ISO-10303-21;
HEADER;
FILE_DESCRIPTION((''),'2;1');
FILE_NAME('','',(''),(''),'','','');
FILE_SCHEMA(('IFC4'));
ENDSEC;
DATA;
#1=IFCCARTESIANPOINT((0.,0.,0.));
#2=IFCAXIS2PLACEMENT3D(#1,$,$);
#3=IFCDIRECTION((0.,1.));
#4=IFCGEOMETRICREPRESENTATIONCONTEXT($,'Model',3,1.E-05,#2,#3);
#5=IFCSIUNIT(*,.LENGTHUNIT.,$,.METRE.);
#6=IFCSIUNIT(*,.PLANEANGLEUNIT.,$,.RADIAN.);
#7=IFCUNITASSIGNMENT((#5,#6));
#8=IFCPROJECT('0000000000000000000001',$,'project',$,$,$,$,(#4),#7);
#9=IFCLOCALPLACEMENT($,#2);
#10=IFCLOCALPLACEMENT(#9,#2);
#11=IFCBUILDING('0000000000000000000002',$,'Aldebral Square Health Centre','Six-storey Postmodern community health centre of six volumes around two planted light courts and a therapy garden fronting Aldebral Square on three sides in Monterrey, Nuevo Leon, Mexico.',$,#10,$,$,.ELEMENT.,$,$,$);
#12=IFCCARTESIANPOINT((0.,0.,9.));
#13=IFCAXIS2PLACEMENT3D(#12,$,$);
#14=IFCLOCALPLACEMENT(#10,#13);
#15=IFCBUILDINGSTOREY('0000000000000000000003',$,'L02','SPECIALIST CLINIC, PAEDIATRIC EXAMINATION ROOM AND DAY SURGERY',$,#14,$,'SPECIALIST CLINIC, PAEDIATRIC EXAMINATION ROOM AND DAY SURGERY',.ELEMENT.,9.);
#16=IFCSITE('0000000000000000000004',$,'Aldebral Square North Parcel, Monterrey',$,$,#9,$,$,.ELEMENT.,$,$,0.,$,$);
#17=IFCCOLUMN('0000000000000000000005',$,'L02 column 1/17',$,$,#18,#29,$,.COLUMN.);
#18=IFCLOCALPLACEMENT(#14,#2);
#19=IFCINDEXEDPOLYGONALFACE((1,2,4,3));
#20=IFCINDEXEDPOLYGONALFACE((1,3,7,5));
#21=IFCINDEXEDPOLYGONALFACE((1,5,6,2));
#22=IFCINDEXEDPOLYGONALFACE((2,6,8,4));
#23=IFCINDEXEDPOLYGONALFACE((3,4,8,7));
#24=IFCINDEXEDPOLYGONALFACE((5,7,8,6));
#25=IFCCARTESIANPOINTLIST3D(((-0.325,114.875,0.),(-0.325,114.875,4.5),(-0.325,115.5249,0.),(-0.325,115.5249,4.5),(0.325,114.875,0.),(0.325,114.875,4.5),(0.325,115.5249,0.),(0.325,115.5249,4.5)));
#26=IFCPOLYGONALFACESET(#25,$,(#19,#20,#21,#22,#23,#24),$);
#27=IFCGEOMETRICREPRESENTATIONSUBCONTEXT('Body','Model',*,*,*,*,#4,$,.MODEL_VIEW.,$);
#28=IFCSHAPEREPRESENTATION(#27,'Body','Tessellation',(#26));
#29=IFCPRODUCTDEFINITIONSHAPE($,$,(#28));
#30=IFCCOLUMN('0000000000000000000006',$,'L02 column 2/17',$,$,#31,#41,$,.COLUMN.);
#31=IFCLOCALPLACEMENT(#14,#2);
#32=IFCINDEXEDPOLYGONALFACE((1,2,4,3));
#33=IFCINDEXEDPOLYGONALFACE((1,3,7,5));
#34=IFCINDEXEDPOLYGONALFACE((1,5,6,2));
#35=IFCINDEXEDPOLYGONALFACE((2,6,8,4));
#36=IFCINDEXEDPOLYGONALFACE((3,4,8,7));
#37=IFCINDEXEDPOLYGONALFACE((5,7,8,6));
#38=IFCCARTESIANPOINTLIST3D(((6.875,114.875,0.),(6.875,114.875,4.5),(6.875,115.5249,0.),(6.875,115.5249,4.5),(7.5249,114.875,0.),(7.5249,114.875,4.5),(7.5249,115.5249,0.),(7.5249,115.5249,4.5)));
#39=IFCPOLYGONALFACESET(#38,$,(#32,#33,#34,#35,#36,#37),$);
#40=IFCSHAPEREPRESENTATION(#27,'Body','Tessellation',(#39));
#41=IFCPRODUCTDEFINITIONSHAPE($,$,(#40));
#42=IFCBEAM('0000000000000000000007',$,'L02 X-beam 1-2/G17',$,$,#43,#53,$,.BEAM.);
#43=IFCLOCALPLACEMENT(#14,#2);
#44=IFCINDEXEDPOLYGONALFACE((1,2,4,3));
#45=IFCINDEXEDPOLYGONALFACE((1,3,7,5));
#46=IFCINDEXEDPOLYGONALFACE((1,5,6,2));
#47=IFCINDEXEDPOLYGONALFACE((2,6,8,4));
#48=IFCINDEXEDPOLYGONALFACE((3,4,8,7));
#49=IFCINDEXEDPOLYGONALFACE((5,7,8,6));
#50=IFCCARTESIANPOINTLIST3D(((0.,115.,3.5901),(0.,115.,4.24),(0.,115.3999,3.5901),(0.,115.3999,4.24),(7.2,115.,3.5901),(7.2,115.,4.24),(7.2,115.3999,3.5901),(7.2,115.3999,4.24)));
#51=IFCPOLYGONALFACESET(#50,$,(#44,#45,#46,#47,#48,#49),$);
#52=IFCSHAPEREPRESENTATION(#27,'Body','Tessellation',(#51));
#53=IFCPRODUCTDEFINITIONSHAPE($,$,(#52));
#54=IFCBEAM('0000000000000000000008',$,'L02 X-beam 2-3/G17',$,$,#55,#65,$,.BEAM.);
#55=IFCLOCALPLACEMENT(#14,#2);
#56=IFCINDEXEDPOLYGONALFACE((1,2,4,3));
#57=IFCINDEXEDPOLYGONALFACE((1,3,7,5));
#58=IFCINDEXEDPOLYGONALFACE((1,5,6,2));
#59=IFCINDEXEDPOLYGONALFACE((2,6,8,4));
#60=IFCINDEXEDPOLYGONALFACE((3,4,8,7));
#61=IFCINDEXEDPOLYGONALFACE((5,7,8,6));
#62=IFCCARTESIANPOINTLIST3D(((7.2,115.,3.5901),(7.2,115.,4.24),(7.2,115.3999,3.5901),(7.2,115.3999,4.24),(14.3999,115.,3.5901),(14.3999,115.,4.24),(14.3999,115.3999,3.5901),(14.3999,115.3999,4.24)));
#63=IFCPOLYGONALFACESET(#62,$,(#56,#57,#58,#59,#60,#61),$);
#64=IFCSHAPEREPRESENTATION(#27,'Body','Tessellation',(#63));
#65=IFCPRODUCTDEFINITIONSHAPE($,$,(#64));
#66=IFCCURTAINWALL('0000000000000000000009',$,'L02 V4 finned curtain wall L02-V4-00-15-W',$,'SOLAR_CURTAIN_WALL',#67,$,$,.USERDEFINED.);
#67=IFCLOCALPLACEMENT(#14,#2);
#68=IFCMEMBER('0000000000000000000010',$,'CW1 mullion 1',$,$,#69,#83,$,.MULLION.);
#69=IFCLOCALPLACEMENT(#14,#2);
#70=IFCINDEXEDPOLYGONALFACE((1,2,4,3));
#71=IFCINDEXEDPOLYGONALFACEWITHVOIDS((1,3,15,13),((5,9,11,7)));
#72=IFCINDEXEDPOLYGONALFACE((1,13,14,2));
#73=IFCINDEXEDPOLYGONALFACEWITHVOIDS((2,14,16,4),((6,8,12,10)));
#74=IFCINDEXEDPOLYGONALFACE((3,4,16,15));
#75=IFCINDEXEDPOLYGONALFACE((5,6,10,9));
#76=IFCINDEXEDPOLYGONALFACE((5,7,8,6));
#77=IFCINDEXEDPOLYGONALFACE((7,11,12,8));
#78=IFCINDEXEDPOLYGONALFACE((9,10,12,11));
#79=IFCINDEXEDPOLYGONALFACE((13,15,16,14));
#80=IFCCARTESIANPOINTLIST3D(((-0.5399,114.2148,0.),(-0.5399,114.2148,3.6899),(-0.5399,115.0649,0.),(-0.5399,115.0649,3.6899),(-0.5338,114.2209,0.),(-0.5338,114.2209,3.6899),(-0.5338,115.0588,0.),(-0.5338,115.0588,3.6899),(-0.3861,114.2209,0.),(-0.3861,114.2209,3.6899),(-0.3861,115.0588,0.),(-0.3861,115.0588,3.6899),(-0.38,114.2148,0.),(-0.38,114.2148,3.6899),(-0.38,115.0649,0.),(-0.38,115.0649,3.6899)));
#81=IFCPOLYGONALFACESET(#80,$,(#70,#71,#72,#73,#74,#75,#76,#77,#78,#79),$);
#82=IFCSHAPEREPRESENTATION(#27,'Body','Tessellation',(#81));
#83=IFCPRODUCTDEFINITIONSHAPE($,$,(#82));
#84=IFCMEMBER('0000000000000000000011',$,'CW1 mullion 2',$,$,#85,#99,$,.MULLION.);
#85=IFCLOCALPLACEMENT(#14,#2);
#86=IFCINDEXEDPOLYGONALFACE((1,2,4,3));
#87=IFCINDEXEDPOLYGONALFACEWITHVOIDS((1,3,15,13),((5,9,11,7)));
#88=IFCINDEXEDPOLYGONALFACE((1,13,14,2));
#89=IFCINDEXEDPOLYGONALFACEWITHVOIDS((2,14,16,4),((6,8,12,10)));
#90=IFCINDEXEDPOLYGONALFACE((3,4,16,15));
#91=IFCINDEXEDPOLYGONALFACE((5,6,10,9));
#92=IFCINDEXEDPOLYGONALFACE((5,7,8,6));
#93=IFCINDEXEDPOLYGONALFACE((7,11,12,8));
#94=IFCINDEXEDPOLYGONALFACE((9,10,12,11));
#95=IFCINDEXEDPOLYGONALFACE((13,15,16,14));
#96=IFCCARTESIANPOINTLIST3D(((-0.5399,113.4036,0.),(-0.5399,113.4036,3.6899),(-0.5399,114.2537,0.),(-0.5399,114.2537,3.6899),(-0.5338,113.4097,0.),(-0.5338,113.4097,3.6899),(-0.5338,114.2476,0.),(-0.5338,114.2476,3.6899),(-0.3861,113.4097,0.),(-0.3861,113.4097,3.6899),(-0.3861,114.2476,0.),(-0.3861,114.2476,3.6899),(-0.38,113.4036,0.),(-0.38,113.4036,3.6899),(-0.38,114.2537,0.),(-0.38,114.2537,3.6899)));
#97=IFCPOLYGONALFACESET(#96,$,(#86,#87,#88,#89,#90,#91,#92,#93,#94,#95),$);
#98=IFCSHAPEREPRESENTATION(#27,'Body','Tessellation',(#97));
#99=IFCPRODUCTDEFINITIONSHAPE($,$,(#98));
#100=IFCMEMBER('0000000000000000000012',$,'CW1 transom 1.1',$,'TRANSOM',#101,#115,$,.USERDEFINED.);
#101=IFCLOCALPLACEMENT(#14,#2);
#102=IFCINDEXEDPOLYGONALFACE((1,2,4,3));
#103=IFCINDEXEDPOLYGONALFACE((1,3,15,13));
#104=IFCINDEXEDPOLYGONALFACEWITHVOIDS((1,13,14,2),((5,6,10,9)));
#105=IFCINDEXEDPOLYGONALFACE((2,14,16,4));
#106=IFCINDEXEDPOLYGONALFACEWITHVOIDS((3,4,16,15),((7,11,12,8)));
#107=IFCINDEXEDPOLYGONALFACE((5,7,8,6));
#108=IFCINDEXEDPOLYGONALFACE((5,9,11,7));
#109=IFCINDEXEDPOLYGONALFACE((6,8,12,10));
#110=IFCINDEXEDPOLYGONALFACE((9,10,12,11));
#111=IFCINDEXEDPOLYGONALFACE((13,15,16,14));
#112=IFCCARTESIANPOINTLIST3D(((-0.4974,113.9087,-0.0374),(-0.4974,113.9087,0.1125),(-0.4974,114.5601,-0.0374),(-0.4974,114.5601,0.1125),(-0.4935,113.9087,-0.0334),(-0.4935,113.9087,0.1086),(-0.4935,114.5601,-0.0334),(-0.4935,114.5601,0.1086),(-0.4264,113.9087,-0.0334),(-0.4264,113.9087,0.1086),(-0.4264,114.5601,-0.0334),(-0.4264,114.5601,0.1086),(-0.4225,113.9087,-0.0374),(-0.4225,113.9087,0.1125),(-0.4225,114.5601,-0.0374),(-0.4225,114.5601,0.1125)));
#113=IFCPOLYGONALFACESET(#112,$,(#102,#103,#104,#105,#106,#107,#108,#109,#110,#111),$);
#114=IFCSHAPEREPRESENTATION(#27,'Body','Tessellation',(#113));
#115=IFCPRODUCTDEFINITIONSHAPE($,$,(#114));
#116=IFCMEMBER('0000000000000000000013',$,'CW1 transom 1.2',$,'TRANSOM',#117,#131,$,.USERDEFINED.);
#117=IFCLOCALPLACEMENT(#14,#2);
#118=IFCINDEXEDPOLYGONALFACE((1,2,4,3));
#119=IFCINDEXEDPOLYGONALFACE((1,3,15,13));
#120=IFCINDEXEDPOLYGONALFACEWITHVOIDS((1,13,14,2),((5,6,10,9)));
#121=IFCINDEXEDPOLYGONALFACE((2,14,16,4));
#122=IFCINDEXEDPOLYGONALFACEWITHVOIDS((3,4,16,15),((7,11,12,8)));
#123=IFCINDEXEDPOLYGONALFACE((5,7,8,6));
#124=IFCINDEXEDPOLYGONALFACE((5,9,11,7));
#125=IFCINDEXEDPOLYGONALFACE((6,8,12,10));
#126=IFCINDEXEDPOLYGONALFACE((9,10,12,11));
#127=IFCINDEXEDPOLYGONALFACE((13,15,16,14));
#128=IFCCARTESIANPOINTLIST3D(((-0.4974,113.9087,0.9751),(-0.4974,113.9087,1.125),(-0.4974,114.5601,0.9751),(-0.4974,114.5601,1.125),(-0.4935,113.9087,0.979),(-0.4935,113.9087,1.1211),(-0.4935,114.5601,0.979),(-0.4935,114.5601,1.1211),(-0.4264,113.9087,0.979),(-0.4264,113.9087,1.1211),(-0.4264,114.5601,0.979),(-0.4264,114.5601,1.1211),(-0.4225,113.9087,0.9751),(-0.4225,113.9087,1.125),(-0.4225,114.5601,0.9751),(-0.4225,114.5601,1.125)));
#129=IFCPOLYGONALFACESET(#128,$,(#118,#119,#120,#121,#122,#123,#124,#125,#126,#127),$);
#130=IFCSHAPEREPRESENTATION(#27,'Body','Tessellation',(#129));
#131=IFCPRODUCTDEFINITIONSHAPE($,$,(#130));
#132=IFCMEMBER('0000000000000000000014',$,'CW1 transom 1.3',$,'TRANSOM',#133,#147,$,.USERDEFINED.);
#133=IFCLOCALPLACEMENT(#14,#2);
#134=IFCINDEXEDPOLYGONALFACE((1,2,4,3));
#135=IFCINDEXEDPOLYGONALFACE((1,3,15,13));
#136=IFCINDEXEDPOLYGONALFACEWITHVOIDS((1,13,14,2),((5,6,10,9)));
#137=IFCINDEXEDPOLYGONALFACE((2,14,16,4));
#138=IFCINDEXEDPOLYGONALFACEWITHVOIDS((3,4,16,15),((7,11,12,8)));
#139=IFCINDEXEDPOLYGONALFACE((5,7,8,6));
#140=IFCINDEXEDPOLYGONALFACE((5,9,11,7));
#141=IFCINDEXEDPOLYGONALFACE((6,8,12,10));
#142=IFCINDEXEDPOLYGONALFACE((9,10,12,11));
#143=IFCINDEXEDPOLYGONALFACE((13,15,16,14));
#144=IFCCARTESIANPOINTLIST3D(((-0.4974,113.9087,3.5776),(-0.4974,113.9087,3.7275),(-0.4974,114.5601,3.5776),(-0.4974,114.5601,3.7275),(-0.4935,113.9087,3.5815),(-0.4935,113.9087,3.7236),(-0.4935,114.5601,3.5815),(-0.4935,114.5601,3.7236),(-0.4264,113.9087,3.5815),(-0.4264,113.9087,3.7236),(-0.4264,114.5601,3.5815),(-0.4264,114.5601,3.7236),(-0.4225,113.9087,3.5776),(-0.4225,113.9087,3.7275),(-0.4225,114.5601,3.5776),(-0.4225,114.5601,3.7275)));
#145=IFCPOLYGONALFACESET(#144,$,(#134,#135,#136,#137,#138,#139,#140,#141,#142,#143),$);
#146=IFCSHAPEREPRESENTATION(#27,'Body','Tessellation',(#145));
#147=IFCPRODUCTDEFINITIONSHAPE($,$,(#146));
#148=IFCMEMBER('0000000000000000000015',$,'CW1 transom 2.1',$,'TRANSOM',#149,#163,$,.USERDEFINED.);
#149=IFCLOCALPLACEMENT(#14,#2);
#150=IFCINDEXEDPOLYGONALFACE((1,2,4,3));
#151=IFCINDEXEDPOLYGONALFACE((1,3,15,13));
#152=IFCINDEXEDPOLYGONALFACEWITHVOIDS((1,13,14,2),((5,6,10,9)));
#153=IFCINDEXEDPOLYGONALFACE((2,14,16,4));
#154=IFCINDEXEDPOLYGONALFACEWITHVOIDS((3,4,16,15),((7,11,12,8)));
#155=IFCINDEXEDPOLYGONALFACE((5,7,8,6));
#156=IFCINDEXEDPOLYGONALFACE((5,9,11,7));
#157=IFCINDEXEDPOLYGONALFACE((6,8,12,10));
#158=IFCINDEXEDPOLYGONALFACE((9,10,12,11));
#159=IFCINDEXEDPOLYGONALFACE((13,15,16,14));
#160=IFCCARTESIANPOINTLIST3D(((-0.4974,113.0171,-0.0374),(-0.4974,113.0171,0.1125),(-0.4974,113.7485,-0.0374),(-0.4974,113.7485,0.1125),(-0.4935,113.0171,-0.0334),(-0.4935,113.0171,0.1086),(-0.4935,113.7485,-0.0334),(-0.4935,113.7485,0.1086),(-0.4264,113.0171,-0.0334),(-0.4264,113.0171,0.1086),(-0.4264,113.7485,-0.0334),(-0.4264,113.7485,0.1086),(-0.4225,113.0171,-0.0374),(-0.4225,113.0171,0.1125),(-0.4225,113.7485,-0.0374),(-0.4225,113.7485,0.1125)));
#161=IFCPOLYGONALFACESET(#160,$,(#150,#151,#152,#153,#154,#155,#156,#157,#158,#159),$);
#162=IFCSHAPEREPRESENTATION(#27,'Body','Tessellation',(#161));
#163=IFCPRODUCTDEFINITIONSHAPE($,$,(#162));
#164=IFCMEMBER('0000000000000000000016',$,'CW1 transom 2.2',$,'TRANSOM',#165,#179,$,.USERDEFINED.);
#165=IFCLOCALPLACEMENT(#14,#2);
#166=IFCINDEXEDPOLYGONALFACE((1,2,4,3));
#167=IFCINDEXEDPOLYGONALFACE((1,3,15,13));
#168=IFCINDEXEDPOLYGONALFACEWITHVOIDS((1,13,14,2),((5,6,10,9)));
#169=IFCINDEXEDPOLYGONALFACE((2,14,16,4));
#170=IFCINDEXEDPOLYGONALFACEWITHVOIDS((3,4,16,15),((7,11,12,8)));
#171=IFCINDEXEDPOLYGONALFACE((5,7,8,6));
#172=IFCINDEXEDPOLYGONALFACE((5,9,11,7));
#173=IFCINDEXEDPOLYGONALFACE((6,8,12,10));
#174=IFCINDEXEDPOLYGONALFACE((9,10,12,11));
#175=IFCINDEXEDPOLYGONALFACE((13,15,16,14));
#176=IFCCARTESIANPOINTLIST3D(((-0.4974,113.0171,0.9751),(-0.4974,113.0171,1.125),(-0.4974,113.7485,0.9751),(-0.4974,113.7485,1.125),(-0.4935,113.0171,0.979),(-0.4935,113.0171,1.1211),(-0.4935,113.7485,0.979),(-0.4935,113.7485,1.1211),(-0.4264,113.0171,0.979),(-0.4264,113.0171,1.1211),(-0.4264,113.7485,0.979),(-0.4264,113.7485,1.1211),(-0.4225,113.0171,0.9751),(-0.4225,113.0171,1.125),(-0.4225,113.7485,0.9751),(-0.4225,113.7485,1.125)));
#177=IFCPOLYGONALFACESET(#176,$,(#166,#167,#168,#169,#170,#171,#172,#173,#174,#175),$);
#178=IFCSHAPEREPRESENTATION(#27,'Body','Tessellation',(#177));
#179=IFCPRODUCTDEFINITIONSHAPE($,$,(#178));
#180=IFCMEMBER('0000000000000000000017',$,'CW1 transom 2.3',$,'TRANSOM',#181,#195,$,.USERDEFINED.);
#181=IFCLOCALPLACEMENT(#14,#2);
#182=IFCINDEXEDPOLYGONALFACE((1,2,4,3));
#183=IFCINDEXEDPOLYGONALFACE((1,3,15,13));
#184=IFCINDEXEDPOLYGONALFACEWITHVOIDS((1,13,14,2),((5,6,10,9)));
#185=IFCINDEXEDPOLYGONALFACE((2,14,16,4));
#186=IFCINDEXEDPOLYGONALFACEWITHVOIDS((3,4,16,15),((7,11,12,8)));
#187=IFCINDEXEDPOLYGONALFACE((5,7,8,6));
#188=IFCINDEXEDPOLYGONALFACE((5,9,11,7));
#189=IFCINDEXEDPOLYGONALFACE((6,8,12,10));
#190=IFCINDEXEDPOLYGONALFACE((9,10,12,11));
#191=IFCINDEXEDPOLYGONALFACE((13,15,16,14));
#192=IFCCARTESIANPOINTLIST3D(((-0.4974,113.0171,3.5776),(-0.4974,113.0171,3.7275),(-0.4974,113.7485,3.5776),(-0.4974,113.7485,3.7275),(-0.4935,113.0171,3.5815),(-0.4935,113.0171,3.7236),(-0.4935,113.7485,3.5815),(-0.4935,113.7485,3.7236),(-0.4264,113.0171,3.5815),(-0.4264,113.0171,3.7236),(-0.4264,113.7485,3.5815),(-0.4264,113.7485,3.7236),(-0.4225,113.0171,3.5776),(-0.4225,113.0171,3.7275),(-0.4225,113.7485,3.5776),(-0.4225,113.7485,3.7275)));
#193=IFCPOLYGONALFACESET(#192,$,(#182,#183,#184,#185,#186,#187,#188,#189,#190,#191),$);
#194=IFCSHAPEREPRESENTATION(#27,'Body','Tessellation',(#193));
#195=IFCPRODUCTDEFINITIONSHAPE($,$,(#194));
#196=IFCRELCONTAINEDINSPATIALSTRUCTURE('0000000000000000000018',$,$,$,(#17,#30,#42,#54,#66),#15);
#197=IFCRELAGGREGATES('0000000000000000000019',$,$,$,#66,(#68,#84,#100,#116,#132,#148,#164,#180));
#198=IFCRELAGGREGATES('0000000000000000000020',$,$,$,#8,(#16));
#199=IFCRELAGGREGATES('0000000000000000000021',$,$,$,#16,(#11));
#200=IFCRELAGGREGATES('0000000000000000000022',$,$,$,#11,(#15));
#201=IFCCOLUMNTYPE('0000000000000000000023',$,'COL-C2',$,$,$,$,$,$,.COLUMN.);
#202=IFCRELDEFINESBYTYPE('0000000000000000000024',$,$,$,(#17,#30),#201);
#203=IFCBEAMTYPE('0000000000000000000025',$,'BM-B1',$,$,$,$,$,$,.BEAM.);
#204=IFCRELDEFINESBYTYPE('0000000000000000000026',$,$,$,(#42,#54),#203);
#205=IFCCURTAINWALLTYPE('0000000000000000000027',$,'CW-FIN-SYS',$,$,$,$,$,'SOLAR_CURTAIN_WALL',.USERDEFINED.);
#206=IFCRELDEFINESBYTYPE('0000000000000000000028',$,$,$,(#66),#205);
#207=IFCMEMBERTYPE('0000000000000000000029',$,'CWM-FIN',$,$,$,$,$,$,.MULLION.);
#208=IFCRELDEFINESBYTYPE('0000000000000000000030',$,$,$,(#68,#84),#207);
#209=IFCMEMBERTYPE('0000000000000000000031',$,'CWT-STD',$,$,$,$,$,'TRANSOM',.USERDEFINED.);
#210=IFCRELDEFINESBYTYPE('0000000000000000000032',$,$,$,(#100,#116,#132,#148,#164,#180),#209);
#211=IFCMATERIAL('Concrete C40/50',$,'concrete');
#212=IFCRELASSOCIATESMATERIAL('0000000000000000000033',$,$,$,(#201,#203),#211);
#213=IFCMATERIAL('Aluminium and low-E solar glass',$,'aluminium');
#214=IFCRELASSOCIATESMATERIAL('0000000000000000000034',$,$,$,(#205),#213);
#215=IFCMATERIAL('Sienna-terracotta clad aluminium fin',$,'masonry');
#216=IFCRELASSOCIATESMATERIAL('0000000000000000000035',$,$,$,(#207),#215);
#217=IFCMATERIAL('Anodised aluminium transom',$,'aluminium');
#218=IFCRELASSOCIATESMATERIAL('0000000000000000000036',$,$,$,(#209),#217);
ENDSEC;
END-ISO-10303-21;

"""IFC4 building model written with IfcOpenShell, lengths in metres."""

from ifc_helpers import new_model, si_unit, direction, frame, origin, origin_2d, place, context, subcontext, project, spatial, rectangle, hollow_rectangle, extrude, material, material_profile, profile_set, type_object, element, aggregate, save


model = new_model("IFC4")

# Units and contexts
model_context = context("Model", 3, precision=1e-05, world=origin(), true_north=direction((0.0, 1.0)))
body_context = subcontext(model_context, "Body", "Model", "MODEL_VIEW")
ifc_project = project(units=[si_unit("LENGTHUNIT", "METRE"), si_unit("PLANEANGLEUNIT", "RADIAN")], contexts=[model_context])

# Site, building, storey
site_placement = place(None, origin())
site = spatial("IfcSite", under=ifc_project, at=site_placement, Name="Aldebral Square North Parcel, Monterrey", CompositionType="ELEMENT", RefElevation=0.0)
building_placement = place(site_placement, origin())
building = spatial("IfcBuilding", under=site, at=building_placement, Name="Aldebral Square Health Centre", Description="Six-storey Postmodern community health centre of six volumes around two planted light courts and a therapy garden fronting Aldebral Square on three sides in Monterrey, Nuevo Leon, Mexico.", CompositionType="ELEMENT")
storey_placement = place(building_placement, frame((0.0, 0.0, 9.0)))
storey = spatial("IfcBuildingStorey", under=building, at=storey_placement, Name="L02", Description="SPECIALIST CLINIC, PAEDIATRIC EXAMINATION ROOM AND DAY SURGERY", LongName="SPECIALIST CLINIC, PAEDIATRIC EXAMINATION ROOM AND DAY SURGERY", CompositionType="ELEMENT", Elevation=9.0)

# Columns
ifc_material_1 = material(Name="Concrete C40/50", Category="concrete")
ifc_material_profile_1 = material_profile(ifc_material_1, rectangle(XDim=0.6499, YDim=0.6499, at=origin_2d()), Name="RC 650x650")
ifc_profile_set_1 = profile_set([ifc_material_profile_1], Name="Concrete C40/50")
column_type = type_object("IfcColumnType", Name="COL-C2", PredefinedType="COLUMN", material=ifc_profile_set_1)
for number, where, z_axis, x_axis, name in (
    (1, (0.0, 115.2, 0.0), (0.0, 0.0, 1.0), (1.0, 0.0, 0.0), "L02 column 1/17"),
    (2, (7.2, 115.2, 0.0), (0.0, 0.0, 1.0), (1.0, 0.0, 0.0), "L02 column 2/17"),
):
    element("IfcColumn", number, at=place(storey_placement, frame(where, z_axis=z_axis, x_axis=x_axis)), inside=storey, type_object=column_type, Name=name, PredefinedType="COLUMN", context=body_context, shape_type="SweptSolid", body=[
        extrude(rectangle(XDim=0.6499, YDim=0.6499, at=origin_2d()), origin(), (0.0, 0.0, 1.0), 4.5),
    ])

# Beams
ifc_material_profile_2 = material_profile(ifc_material_1, rectangle(XDim=0.3999, YDim=0.6499, at=origin_2d()), Name="RC 400x650")
ifc_profile_set_2 = profile_set([ifc_material_profile_2], Name="Concrete C40/50")
beam_type = type_object("IfcBeamType", Name="BM-B1", PredefinedType="BEAM", material=ifc_profile_set_2)
for number, where, z_axis, x_axis, name in (
    (3, (0.0, 115.2, 3.915), (1.0, 0.0, 0.0), (0.0, 1.0, 0.0), "L02 X-beam 1-2/G17"),
    (4, (7.2, 115.2, 3.915), (1.0, 0.0, 0.0), (0.0, 1.0, 0.0), "L02 X-beam 2-3/G17"),
):
    element("IfcBeam", number, at=place(storey_placement, frame(where, z_axis=z_axis, x_axis=x_axis)), inside=storey, type_object=beam_type, Name=name, PredefinedType="BEAM", context=body_context, shape_type="SweptSolid", body=[
        extrude(rectangle(XDim=0.3999, YDim=0.6499, at=origin_2d()), origin(), (0.0, 0.0, 1.0), 7.2),
    ])

# Curtain wall, members
ifc_material_2 = material(Name="Aluminium and low-E solar glass", Category="aluminium")
curtain_wall_type = type_object("IfcCurtainWallType", Name="CW-FIN-SYS", ElementType="SOLAR_CURTAIN_WALL", PredefinedType="USERDEFINED", material=ifc_material_2)
curtain_wall_placement = place(storey_placement, origin())
curtain_wall = element("IfcCurtainWall", 5, at=curtain_wall_placement, inside=storey, type_object=curtain_wall_type, Name="L02 V4 finned curtain wall L02-V4-00-15-W", ObjectType="SOLAR_CURTAIN_WALL", PredefinedType="USERDEFINED")
ifc_material_3 = material(Name="Sienna-terracotta clad aluminium fin", Category="masonry")
ifc_material_profile_3 = material_profile(ifc_material_3, hollow_rectangle(XDim=0.1599, YDim=0.8501, WallThickness=0.0061, at=origin_2d()), Name="FIN 160x850x6")
ifc_profile_set_3 = profile_set([ifc_material_profile_3], Name="Sienna-terracotta clad aluminium fin")
member_type_1 = type_object("IfcMemberType", Name="CWM-FIN", PredefinedType="MULLION", material=ifc_profile_set_3)
member_1_placement = place(storey_placement, frame((-0.46, 114.6399, 0.0), z_axis=(0.0, 0.0, 1.0), x_axis=(1.0, 0.0, 0.0)))
member_1 = element("IfcMember", 6, at=member_1_placement, type_object=member_type_1, Name="CW1 mullion 1", PredefinedType="MULLION", context=body_context, shape_type="SweptSolid", body=[
    extrude(hollow_rectangle(XDim=0.1599, YDim=0.8501, WallThickness=0.0061, at=origin_2d()), origin(), (0.0, 0.0, 1.0), 3.6899),
])
member_2_placement = place(storey_placement, frame((-0.46, 113.8286, 0.0), z_axis=(0.0, 0.0, 1.0), x_axis=(1.0, 0.0, 0.0)))
member_2 = element("IfcMember", 7, at=member_2_placement, type_object=member_type_1, Name="CW1 mullion 2", PredefinedType="MULLION", context=body_context, shape_type="SweptSolid", body=[
    extrude(hollow_rectangle(XDim=0.1599, YDim=0.8501, WallThickness=0.0061, at=origin_2d()), origin(), (0.0, 0.0, 1.0), 3.6899),
])
ifc_material_4 = material(Name="Anodised aluminium transom", Category="aluminium")
ifc_material_profile_4 = material_profile(ifc_material_4, hollow_rectangle(XDim=0.075, YDim=0.1499, WallThickness=0.0039, at=origin_2d()), Name="CWT 75x150x4")
ifc_profile_set_4 = profile_set([ifc_material_profile_4], Name="Anodised aluminium transom")
member_type_2 = type_object("IfcMemberType", Name="CWT-STD", ElementType="TRANSOM", PredefinedType="USERDEFINED", material=ifc_profile_set_4)
member_3_placement = place(storey_placement, frame((-0.46, 114.5601, 0.0376), z_axis=(0.0, -1.0, 0.0), x_axis=(1.0, 0.0, 0.0)))
member_3 = element("IfcMember", 8, at=member_3_placement, type_object=member_type_2, Name="CW1 transom 1.1", ObjectType="TRANSOM", PredefinedType="USERDEFINED", context=body_context, shape_type="SweptSolid", body=[
    extrude(hollow_rectangle(XDim=0.075, YDim=0.1499, WallThickness=0.0039, at=origin_2d()), origin(), (0.0, 0.0, 1.0), 0.6514),
])
member_4_placement = place(storey_placement, frame((-0.46, 114.5601, 1.05), z_axis=(0.0, -1.0, 0.0), x_axis=(1.0, 0.0, 0.0)))
member_4 = element("IfcMember", 9, at=member_4_placement, type_object=member_type_2, Name="CW1 transom 1.2", ObjectType="TRANSOM", PredefinedType="USERDEFINED", context=body_context, shape_type="SweptSolid", body=[
    extrude(hollow_rectangle(XDim=0.075, YDim=0.1499, WallThickness=0.0039, at=origin_2d()), origin(), (0.0, 0.0, 1.0), 0.6514),
])
member_5_placement = place(storey_placement, frame((-0.46, 114.5601, 3.6526), z_axis=(0.0, -1.0, 0.0), x_axis=(1.0, 0.0, 0.0)))
member_5 = element("IfcMember", 10, at=member_5_placement, type_object=member_type_2, Name="CW1 transom 1.3", ObjectType="TRANSOM", PredefinedType="USERDEFINED", context=body_context, shape_type="SweptSolid", body=[
    extrude(hollow_rectangle(XDim=0.075, YDim=0.1499, WallThickness=0.0039, at=origin_2d()), origin(), (0.0, 0.0, 1.0), 0.6514),
])
member_6_placement = place(storey_placement, frame((-0.46, 113.7485, 0.0376), z_axis=(0.0, -1.0, 0.0), x_axis=(1.0, 0.0, 0.0)))
member_6 = element("IfcMember", 11, at=member_6_placement, type_object=member_type_2, Name="CW1 transom 2.1", ObjectType="TRANSOM", PredefinedType="USERDEFINED", context=body_context, shape_type="SweptSolid", body=[
    extrude(hollow_rectangle(XDim=0.075, YDim=0.1499, WallThickness=0.0039, at=origin_2d()), origin(), (0.0, 0.0, 1.0), 0.7314),
])
member_7_placement = place(storey_placement, frame((-0.46, 113.7485, 1.05), z_axis=(0.0, -1.0, 0.0), x_axis=(1.0, 0.0, 0.0)))
member_7 = element("IfcMember", 12, at=member_7_placement, type_object=member_type_2, Name="CW1 transom 2.2", ObjectType="TRANSOM", PredefinedType="USERDEFINED", context=body_context, shape_type="SweptSolid", body=[
    extrude(hollow_rectangle(XDim=0.075, YDim=0.1499, WallThickness=0.0039, at=origin_2d()), origin(), (0.0, 0.0, 1.0), 0.7314),
])
member_8_placement = place(storey_placement, frame((-0.46, 113.7485, 3.6526), z_axis=(0.0, -1.0, 0.0), x_axis=(1.0, 0.0, 0.0)))
member_8 = element("IfcMember", 13, at=member_8_placement, type_object=member_type_2, Name="CW1 transom 2.3", ObjectType="TRANSOM", PredefinedType="USERDEFINED", context=body_context, shape_type="SweptSolid", body=[
    extrude(hollow_rectangle(XDim=0.075, YDim=0.1499, WallThickness=0.0039, at=origin_2d()), origin(), (0.0, 0.0, 1.0), 0.7314),
])
aggregate(curtain_wall, [member_1, member_2, member_3, member_4, member_5, member_6, member_7, member_8])

save(model, "model.ifc")
